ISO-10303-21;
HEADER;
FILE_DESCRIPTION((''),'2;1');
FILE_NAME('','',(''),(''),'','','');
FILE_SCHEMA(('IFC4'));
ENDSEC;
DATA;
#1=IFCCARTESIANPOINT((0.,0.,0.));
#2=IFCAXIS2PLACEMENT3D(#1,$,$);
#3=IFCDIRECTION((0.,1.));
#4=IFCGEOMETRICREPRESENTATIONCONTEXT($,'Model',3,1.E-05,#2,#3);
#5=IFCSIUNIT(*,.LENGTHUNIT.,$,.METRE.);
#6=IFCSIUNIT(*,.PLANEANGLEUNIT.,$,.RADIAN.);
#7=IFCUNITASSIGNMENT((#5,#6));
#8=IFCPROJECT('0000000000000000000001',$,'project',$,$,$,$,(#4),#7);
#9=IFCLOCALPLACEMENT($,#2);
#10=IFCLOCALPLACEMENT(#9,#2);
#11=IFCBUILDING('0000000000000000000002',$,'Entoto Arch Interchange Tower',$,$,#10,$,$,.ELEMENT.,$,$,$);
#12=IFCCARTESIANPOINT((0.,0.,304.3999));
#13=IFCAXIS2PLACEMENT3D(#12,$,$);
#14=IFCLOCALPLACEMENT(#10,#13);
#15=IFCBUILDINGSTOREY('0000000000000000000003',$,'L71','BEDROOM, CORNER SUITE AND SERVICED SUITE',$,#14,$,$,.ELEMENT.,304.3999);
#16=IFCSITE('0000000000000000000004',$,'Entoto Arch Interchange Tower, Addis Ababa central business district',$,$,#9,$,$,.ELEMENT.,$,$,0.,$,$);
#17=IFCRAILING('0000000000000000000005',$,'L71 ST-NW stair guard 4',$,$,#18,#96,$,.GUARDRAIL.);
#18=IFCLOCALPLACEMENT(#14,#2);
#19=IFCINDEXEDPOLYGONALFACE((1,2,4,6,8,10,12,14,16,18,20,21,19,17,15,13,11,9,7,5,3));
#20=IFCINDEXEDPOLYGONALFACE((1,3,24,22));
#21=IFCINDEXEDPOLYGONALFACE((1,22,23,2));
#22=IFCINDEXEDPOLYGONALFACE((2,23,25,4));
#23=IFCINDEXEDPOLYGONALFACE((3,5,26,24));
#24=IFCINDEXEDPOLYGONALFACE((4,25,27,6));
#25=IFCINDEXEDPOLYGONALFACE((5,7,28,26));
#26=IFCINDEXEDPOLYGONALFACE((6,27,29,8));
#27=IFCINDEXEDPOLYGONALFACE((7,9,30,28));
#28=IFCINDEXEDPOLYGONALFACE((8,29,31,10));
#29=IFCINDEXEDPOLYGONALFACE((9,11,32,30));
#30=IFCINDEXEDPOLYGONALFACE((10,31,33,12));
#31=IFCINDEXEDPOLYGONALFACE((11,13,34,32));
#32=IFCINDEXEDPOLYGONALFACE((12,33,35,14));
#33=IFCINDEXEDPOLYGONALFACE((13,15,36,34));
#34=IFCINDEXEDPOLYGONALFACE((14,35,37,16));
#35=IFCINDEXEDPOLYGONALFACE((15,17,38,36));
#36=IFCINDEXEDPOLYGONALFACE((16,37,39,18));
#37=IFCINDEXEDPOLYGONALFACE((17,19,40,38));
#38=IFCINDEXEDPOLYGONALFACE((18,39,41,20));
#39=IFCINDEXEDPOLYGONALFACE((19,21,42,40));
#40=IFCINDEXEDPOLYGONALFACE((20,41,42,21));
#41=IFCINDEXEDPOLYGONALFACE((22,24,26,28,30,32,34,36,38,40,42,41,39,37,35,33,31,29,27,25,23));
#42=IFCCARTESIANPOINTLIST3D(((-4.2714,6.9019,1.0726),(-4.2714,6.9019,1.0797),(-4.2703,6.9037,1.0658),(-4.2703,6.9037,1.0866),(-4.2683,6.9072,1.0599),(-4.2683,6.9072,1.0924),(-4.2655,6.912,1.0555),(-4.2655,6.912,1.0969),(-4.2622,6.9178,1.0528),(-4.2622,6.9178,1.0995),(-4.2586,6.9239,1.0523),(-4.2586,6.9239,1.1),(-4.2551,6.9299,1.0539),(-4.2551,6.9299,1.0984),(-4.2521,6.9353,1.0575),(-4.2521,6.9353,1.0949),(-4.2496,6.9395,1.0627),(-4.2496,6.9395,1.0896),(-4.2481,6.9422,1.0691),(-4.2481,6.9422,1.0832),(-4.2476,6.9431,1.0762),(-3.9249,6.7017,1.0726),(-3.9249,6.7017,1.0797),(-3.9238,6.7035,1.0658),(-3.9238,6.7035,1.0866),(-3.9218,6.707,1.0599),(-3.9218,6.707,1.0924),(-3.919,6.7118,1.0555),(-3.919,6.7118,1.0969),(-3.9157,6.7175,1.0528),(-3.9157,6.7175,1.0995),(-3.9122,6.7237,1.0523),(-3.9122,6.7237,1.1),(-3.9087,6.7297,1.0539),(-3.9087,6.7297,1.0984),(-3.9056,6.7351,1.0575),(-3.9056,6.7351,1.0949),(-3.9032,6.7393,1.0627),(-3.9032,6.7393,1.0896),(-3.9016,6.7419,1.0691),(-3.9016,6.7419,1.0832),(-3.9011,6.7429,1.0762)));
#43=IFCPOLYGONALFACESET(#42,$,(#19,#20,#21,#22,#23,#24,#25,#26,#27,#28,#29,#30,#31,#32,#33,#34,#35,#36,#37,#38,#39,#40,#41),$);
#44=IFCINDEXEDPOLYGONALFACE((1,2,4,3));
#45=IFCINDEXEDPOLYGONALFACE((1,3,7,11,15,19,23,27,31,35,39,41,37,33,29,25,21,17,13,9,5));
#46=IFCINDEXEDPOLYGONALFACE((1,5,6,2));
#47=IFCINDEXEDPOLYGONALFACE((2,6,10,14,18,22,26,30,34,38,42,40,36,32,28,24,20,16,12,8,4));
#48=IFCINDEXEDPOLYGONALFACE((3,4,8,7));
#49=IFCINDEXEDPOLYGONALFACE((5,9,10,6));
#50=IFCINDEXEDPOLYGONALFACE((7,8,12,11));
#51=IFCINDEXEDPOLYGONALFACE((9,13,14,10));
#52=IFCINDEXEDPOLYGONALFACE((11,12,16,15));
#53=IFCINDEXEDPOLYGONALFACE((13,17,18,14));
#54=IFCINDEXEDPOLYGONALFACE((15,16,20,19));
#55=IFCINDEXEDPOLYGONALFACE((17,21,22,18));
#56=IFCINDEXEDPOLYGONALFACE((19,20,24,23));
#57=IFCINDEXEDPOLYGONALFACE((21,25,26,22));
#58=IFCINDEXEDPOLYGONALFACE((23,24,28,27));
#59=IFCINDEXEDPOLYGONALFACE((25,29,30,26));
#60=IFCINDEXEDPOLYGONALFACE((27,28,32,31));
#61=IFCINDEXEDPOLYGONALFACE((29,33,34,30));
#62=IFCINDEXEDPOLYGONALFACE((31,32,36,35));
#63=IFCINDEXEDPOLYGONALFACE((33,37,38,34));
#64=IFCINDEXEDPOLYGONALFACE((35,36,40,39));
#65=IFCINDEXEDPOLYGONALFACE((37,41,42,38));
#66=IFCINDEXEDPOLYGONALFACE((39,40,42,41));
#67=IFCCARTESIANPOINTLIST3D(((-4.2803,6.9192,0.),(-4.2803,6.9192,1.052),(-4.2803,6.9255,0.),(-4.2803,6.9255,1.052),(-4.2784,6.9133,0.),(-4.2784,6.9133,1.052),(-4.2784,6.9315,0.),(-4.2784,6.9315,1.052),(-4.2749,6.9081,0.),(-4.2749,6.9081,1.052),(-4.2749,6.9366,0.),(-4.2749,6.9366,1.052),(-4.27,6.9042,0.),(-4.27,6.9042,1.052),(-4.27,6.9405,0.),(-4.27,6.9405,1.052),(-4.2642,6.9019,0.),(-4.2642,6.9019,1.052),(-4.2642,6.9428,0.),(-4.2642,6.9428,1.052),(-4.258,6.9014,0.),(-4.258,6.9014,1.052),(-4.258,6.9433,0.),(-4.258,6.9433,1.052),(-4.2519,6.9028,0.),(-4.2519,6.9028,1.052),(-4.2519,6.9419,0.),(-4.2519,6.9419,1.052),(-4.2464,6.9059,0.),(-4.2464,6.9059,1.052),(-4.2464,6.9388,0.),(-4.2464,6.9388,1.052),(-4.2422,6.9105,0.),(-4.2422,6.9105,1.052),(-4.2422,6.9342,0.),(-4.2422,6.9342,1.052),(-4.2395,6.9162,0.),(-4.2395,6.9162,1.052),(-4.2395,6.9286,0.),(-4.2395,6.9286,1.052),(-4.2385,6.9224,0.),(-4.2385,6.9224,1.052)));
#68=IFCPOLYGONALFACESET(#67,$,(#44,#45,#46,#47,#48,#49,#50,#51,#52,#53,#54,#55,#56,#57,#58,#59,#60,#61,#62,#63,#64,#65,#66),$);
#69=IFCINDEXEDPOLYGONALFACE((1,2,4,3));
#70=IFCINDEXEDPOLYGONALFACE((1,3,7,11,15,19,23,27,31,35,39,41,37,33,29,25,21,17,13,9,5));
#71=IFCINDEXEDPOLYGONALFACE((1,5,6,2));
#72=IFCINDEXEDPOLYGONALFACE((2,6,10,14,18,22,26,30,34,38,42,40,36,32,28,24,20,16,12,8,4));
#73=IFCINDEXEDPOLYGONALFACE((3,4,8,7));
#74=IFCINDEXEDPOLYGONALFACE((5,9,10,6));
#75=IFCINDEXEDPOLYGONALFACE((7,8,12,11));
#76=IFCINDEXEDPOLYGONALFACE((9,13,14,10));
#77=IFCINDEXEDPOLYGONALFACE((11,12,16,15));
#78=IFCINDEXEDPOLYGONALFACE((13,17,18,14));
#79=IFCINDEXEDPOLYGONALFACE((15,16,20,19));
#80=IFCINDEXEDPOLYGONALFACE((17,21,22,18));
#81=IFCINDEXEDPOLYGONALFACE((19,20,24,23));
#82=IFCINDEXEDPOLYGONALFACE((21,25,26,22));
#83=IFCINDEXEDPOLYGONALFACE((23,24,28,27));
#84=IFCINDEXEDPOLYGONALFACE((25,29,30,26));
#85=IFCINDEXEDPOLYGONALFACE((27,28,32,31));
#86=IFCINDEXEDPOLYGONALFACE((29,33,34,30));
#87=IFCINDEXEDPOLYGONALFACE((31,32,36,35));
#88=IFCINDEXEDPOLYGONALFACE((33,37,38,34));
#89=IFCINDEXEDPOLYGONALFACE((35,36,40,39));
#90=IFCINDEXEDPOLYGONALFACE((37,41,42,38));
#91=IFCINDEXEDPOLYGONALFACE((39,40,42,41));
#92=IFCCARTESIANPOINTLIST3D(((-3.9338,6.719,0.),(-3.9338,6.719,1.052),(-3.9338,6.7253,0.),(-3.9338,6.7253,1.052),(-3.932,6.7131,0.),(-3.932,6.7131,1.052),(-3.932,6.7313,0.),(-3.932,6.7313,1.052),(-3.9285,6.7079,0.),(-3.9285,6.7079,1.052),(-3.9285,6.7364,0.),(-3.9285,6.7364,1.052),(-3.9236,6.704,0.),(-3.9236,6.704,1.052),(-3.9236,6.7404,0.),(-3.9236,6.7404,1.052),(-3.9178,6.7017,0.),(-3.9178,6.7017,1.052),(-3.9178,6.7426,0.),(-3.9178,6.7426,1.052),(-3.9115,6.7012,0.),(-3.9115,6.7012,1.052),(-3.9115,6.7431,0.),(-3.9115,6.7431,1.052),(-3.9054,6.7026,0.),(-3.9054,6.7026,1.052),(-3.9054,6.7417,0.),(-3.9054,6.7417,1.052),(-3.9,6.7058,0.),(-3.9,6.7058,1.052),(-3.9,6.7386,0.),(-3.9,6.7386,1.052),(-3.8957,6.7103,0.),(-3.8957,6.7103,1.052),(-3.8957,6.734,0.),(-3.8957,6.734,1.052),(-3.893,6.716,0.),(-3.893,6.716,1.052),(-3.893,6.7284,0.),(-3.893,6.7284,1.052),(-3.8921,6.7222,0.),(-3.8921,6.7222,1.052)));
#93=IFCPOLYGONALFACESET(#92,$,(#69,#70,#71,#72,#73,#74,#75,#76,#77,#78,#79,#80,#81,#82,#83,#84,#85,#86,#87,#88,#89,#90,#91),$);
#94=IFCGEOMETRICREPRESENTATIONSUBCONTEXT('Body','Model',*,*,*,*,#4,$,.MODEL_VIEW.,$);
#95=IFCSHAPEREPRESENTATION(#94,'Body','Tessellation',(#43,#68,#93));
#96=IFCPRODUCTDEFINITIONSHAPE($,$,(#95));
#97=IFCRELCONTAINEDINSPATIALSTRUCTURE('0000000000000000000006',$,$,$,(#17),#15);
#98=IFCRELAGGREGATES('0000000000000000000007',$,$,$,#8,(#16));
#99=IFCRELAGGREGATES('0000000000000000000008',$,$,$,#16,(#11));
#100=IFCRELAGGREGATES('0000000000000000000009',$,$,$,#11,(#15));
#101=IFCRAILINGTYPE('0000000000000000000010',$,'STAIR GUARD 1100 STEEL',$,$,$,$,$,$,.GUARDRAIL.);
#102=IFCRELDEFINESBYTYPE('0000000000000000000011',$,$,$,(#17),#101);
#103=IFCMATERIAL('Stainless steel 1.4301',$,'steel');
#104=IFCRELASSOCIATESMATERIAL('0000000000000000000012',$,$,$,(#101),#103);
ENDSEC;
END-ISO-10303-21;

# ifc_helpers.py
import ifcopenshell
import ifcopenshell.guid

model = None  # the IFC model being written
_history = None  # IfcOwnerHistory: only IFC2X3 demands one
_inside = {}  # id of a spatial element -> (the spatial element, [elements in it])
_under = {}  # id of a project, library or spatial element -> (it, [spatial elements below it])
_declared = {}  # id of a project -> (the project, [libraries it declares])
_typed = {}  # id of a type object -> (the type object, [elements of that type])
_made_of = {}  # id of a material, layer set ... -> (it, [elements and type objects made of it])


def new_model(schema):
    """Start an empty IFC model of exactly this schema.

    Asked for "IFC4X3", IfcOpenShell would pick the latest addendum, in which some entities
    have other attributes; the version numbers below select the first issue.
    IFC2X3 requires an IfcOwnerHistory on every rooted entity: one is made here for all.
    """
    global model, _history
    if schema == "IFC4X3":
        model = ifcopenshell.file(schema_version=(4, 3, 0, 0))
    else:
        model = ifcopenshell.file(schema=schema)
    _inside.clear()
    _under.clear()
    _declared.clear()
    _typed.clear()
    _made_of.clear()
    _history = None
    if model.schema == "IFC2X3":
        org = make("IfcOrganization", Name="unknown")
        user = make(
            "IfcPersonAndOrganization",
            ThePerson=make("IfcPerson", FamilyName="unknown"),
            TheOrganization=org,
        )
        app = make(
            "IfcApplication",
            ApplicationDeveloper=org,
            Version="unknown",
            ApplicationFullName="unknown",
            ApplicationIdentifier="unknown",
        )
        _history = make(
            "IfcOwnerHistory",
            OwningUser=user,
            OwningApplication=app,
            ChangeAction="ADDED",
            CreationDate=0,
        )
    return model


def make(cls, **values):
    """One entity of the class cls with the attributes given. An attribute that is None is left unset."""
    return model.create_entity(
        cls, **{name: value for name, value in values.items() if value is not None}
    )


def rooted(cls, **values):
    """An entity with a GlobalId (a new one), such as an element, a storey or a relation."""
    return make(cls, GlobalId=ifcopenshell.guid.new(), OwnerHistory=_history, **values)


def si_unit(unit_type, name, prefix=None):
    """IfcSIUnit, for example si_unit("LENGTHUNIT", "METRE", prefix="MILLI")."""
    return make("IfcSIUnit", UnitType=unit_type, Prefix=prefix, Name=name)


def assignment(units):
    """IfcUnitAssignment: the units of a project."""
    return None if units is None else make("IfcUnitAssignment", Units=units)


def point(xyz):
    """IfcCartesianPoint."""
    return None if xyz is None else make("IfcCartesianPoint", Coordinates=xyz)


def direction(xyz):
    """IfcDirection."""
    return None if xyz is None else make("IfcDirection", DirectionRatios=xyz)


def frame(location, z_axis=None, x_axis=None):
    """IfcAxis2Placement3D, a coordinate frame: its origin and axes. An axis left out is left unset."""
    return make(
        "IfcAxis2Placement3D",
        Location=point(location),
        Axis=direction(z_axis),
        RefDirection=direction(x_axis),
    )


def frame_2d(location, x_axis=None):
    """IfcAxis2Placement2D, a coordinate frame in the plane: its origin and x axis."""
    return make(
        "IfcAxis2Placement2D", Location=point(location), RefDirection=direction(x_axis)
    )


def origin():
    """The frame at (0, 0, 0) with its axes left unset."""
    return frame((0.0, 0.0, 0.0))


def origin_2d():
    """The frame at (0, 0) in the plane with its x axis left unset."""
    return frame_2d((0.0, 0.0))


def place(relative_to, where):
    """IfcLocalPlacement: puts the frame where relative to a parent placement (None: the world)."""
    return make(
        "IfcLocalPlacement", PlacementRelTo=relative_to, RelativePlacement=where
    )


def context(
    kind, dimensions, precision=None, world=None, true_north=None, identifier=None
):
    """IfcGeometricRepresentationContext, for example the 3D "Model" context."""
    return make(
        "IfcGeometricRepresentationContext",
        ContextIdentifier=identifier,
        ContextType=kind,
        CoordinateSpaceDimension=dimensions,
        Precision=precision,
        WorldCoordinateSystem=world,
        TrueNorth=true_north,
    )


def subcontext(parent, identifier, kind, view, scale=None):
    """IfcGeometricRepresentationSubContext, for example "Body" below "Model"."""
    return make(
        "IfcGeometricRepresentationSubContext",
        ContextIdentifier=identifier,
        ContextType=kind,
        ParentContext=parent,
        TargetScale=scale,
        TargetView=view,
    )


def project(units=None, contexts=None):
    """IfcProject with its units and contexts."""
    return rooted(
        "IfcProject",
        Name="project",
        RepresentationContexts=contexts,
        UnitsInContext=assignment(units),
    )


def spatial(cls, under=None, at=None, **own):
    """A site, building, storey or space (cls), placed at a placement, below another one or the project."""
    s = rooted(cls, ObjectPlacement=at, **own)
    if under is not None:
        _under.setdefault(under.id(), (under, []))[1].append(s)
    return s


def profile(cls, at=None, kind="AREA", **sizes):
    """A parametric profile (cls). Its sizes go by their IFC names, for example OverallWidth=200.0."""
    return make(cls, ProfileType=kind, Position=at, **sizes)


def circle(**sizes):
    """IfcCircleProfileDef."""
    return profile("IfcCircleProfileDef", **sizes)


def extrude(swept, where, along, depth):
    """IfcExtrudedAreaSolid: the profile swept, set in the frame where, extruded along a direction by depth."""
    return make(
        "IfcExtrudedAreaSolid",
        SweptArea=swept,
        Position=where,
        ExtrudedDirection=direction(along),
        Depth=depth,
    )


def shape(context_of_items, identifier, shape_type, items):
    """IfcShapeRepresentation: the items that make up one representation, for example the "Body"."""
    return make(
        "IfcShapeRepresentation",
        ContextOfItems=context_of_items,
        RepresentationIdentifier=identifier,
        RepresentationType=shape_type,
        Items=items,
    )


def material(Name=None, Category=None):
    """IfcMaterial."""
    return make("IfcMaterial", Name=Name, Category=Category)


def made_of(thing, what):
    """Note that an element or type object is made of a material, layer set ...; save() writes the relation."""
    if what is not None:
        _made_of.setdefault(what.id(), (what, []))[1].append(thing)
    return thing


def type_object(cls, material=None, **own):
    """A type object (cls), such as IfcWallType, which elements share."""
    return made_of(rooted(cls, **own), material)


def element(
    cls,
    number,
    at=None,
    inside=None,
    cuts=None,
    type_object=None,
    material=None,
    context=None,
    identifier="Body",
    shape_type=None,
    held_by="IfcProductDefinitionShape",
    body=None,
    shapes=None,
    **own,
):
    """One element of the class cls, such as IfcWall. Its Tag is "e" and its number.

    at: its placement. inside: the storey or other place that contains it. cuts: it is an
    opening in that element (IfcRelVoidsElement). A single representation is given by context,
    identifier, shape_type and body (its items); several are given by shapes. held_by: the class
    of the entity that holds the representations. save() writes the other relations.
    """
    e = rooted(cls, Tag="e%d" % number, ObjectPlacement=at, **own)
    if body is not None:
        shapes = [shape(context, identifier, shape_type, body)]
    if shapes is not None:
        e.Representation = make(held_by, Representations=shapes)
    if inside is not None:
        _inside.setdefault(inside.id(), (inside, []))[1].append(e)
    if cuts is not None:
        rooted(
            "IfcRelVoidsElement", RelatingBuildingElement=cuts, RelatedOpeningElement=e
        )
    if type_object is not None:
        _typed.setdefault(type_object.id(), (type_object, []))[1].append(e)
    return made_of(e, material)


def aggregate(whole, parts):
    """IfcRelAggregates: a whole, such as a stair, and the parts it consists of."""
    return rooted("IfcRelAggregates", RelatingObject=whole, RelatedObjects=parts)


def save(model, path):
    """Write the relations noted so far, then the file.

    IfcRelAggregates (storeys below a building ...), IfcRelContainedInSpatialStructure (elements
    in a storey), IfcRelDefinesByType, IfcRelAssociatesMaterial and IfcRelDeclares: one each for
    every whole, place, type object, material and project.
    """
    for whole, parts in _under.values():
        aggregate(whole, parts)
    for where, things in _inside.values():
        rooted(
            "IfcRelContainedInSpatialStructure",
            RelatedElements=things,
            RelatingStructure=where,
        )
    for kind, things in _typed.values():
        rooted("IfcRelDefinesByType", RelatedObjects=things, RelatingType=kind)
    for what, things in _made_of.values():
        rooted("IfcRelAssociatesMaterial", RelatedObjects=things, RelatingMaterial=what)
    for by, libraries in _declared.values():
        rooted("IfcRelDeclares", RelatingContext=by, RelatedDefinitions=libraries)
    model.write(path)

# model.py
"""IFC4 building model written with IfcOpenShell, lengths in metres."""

from ifc_helpers import new_model, si_unit, direction, frame, origin, origin_2d, place, context, subcontext, project, spatial, circle, extrude, material, type_object, element, save


model = new_model("IFC4")

# Units and contexts
model_context = context("Model", 3, precision=1e-05, world=origin(), true_north=direction((0.0, 1.0)))
body_context = subcontext(model_context, "Body", "Model", "MODEL_VIEW")
ifc_project = project(units=[si_unit("LENGTHUNIT", "METRE"), si_unit("PLANEANGLEUNIT", "RADIAN")], contexts=[model_context])

# Site, building, storey
site_placement = place(None, origin())
site = spatial("IfcSite", under=ifc_project, at=site_placement, Name="Entoto Arch Interchange Tower, Addis Ababa central business district", CompositionType="ELEMENT", RefElevation=0.0)
building_placement = place(site_placement, origin())
building = spatial("IfcBuilding", under=site, at=building_placement, Name="Entoto Arch Interchange Tower", CompositionType="ELEMENT")
storey_placement = place(building_placement, frame((0.0, 0.0, 304.3999)))
storey = spatial("IfcBuildingStorey", under=building, at=storey_placement, Name="L71", Description="BEDROOM, CORNER SUITE AND SERVICED SUITE", CompositionType="ELEMENT", Elevation=304.3999)

# Railing
ifc_material_1 = material(Name="Stainless steel 1.4301", Category="steel")
railing_type_1 = type_object("IfcRailingType", Name="STAIR GUARD 1100 STEEL", PredefinedType="GUARDRAIL", material=ifc_material_1)
railing_1_placement = place(storey_placement, frame((-4.2595, 6.9224, 0.0)))
element("IfcRailing", 1, at=railing_1_placement, inside=storey, type_object=railing_type_1, Name="L71 ST-NW stair guard 4", PredefinedType="GUARDRAIL", context=body_context, shape_type="SweptSolid", body=[
    extrude(circle(Radius=0.0239, at=origin_2d()), frame((0.0, 0.0, 1.0762), z_axis=(0.86583, -0.500339, 0.0), x_axis=(0.500339, 0.86583, 0.0)), (0.0, 0.0, 1.0), 0.4001),
    extrude(circle(Radius=0.021, at=origin_2d()), origin(), (0.0, 0.0, 1.0), 1.052),
    extrude(circle(Radius=0.021, at=origin_2d()), frame((0.3464, -0.2002, 0.0)), (0.0, 0.0, 1.0), 1.052),
])

save(model, "model.ifc")
